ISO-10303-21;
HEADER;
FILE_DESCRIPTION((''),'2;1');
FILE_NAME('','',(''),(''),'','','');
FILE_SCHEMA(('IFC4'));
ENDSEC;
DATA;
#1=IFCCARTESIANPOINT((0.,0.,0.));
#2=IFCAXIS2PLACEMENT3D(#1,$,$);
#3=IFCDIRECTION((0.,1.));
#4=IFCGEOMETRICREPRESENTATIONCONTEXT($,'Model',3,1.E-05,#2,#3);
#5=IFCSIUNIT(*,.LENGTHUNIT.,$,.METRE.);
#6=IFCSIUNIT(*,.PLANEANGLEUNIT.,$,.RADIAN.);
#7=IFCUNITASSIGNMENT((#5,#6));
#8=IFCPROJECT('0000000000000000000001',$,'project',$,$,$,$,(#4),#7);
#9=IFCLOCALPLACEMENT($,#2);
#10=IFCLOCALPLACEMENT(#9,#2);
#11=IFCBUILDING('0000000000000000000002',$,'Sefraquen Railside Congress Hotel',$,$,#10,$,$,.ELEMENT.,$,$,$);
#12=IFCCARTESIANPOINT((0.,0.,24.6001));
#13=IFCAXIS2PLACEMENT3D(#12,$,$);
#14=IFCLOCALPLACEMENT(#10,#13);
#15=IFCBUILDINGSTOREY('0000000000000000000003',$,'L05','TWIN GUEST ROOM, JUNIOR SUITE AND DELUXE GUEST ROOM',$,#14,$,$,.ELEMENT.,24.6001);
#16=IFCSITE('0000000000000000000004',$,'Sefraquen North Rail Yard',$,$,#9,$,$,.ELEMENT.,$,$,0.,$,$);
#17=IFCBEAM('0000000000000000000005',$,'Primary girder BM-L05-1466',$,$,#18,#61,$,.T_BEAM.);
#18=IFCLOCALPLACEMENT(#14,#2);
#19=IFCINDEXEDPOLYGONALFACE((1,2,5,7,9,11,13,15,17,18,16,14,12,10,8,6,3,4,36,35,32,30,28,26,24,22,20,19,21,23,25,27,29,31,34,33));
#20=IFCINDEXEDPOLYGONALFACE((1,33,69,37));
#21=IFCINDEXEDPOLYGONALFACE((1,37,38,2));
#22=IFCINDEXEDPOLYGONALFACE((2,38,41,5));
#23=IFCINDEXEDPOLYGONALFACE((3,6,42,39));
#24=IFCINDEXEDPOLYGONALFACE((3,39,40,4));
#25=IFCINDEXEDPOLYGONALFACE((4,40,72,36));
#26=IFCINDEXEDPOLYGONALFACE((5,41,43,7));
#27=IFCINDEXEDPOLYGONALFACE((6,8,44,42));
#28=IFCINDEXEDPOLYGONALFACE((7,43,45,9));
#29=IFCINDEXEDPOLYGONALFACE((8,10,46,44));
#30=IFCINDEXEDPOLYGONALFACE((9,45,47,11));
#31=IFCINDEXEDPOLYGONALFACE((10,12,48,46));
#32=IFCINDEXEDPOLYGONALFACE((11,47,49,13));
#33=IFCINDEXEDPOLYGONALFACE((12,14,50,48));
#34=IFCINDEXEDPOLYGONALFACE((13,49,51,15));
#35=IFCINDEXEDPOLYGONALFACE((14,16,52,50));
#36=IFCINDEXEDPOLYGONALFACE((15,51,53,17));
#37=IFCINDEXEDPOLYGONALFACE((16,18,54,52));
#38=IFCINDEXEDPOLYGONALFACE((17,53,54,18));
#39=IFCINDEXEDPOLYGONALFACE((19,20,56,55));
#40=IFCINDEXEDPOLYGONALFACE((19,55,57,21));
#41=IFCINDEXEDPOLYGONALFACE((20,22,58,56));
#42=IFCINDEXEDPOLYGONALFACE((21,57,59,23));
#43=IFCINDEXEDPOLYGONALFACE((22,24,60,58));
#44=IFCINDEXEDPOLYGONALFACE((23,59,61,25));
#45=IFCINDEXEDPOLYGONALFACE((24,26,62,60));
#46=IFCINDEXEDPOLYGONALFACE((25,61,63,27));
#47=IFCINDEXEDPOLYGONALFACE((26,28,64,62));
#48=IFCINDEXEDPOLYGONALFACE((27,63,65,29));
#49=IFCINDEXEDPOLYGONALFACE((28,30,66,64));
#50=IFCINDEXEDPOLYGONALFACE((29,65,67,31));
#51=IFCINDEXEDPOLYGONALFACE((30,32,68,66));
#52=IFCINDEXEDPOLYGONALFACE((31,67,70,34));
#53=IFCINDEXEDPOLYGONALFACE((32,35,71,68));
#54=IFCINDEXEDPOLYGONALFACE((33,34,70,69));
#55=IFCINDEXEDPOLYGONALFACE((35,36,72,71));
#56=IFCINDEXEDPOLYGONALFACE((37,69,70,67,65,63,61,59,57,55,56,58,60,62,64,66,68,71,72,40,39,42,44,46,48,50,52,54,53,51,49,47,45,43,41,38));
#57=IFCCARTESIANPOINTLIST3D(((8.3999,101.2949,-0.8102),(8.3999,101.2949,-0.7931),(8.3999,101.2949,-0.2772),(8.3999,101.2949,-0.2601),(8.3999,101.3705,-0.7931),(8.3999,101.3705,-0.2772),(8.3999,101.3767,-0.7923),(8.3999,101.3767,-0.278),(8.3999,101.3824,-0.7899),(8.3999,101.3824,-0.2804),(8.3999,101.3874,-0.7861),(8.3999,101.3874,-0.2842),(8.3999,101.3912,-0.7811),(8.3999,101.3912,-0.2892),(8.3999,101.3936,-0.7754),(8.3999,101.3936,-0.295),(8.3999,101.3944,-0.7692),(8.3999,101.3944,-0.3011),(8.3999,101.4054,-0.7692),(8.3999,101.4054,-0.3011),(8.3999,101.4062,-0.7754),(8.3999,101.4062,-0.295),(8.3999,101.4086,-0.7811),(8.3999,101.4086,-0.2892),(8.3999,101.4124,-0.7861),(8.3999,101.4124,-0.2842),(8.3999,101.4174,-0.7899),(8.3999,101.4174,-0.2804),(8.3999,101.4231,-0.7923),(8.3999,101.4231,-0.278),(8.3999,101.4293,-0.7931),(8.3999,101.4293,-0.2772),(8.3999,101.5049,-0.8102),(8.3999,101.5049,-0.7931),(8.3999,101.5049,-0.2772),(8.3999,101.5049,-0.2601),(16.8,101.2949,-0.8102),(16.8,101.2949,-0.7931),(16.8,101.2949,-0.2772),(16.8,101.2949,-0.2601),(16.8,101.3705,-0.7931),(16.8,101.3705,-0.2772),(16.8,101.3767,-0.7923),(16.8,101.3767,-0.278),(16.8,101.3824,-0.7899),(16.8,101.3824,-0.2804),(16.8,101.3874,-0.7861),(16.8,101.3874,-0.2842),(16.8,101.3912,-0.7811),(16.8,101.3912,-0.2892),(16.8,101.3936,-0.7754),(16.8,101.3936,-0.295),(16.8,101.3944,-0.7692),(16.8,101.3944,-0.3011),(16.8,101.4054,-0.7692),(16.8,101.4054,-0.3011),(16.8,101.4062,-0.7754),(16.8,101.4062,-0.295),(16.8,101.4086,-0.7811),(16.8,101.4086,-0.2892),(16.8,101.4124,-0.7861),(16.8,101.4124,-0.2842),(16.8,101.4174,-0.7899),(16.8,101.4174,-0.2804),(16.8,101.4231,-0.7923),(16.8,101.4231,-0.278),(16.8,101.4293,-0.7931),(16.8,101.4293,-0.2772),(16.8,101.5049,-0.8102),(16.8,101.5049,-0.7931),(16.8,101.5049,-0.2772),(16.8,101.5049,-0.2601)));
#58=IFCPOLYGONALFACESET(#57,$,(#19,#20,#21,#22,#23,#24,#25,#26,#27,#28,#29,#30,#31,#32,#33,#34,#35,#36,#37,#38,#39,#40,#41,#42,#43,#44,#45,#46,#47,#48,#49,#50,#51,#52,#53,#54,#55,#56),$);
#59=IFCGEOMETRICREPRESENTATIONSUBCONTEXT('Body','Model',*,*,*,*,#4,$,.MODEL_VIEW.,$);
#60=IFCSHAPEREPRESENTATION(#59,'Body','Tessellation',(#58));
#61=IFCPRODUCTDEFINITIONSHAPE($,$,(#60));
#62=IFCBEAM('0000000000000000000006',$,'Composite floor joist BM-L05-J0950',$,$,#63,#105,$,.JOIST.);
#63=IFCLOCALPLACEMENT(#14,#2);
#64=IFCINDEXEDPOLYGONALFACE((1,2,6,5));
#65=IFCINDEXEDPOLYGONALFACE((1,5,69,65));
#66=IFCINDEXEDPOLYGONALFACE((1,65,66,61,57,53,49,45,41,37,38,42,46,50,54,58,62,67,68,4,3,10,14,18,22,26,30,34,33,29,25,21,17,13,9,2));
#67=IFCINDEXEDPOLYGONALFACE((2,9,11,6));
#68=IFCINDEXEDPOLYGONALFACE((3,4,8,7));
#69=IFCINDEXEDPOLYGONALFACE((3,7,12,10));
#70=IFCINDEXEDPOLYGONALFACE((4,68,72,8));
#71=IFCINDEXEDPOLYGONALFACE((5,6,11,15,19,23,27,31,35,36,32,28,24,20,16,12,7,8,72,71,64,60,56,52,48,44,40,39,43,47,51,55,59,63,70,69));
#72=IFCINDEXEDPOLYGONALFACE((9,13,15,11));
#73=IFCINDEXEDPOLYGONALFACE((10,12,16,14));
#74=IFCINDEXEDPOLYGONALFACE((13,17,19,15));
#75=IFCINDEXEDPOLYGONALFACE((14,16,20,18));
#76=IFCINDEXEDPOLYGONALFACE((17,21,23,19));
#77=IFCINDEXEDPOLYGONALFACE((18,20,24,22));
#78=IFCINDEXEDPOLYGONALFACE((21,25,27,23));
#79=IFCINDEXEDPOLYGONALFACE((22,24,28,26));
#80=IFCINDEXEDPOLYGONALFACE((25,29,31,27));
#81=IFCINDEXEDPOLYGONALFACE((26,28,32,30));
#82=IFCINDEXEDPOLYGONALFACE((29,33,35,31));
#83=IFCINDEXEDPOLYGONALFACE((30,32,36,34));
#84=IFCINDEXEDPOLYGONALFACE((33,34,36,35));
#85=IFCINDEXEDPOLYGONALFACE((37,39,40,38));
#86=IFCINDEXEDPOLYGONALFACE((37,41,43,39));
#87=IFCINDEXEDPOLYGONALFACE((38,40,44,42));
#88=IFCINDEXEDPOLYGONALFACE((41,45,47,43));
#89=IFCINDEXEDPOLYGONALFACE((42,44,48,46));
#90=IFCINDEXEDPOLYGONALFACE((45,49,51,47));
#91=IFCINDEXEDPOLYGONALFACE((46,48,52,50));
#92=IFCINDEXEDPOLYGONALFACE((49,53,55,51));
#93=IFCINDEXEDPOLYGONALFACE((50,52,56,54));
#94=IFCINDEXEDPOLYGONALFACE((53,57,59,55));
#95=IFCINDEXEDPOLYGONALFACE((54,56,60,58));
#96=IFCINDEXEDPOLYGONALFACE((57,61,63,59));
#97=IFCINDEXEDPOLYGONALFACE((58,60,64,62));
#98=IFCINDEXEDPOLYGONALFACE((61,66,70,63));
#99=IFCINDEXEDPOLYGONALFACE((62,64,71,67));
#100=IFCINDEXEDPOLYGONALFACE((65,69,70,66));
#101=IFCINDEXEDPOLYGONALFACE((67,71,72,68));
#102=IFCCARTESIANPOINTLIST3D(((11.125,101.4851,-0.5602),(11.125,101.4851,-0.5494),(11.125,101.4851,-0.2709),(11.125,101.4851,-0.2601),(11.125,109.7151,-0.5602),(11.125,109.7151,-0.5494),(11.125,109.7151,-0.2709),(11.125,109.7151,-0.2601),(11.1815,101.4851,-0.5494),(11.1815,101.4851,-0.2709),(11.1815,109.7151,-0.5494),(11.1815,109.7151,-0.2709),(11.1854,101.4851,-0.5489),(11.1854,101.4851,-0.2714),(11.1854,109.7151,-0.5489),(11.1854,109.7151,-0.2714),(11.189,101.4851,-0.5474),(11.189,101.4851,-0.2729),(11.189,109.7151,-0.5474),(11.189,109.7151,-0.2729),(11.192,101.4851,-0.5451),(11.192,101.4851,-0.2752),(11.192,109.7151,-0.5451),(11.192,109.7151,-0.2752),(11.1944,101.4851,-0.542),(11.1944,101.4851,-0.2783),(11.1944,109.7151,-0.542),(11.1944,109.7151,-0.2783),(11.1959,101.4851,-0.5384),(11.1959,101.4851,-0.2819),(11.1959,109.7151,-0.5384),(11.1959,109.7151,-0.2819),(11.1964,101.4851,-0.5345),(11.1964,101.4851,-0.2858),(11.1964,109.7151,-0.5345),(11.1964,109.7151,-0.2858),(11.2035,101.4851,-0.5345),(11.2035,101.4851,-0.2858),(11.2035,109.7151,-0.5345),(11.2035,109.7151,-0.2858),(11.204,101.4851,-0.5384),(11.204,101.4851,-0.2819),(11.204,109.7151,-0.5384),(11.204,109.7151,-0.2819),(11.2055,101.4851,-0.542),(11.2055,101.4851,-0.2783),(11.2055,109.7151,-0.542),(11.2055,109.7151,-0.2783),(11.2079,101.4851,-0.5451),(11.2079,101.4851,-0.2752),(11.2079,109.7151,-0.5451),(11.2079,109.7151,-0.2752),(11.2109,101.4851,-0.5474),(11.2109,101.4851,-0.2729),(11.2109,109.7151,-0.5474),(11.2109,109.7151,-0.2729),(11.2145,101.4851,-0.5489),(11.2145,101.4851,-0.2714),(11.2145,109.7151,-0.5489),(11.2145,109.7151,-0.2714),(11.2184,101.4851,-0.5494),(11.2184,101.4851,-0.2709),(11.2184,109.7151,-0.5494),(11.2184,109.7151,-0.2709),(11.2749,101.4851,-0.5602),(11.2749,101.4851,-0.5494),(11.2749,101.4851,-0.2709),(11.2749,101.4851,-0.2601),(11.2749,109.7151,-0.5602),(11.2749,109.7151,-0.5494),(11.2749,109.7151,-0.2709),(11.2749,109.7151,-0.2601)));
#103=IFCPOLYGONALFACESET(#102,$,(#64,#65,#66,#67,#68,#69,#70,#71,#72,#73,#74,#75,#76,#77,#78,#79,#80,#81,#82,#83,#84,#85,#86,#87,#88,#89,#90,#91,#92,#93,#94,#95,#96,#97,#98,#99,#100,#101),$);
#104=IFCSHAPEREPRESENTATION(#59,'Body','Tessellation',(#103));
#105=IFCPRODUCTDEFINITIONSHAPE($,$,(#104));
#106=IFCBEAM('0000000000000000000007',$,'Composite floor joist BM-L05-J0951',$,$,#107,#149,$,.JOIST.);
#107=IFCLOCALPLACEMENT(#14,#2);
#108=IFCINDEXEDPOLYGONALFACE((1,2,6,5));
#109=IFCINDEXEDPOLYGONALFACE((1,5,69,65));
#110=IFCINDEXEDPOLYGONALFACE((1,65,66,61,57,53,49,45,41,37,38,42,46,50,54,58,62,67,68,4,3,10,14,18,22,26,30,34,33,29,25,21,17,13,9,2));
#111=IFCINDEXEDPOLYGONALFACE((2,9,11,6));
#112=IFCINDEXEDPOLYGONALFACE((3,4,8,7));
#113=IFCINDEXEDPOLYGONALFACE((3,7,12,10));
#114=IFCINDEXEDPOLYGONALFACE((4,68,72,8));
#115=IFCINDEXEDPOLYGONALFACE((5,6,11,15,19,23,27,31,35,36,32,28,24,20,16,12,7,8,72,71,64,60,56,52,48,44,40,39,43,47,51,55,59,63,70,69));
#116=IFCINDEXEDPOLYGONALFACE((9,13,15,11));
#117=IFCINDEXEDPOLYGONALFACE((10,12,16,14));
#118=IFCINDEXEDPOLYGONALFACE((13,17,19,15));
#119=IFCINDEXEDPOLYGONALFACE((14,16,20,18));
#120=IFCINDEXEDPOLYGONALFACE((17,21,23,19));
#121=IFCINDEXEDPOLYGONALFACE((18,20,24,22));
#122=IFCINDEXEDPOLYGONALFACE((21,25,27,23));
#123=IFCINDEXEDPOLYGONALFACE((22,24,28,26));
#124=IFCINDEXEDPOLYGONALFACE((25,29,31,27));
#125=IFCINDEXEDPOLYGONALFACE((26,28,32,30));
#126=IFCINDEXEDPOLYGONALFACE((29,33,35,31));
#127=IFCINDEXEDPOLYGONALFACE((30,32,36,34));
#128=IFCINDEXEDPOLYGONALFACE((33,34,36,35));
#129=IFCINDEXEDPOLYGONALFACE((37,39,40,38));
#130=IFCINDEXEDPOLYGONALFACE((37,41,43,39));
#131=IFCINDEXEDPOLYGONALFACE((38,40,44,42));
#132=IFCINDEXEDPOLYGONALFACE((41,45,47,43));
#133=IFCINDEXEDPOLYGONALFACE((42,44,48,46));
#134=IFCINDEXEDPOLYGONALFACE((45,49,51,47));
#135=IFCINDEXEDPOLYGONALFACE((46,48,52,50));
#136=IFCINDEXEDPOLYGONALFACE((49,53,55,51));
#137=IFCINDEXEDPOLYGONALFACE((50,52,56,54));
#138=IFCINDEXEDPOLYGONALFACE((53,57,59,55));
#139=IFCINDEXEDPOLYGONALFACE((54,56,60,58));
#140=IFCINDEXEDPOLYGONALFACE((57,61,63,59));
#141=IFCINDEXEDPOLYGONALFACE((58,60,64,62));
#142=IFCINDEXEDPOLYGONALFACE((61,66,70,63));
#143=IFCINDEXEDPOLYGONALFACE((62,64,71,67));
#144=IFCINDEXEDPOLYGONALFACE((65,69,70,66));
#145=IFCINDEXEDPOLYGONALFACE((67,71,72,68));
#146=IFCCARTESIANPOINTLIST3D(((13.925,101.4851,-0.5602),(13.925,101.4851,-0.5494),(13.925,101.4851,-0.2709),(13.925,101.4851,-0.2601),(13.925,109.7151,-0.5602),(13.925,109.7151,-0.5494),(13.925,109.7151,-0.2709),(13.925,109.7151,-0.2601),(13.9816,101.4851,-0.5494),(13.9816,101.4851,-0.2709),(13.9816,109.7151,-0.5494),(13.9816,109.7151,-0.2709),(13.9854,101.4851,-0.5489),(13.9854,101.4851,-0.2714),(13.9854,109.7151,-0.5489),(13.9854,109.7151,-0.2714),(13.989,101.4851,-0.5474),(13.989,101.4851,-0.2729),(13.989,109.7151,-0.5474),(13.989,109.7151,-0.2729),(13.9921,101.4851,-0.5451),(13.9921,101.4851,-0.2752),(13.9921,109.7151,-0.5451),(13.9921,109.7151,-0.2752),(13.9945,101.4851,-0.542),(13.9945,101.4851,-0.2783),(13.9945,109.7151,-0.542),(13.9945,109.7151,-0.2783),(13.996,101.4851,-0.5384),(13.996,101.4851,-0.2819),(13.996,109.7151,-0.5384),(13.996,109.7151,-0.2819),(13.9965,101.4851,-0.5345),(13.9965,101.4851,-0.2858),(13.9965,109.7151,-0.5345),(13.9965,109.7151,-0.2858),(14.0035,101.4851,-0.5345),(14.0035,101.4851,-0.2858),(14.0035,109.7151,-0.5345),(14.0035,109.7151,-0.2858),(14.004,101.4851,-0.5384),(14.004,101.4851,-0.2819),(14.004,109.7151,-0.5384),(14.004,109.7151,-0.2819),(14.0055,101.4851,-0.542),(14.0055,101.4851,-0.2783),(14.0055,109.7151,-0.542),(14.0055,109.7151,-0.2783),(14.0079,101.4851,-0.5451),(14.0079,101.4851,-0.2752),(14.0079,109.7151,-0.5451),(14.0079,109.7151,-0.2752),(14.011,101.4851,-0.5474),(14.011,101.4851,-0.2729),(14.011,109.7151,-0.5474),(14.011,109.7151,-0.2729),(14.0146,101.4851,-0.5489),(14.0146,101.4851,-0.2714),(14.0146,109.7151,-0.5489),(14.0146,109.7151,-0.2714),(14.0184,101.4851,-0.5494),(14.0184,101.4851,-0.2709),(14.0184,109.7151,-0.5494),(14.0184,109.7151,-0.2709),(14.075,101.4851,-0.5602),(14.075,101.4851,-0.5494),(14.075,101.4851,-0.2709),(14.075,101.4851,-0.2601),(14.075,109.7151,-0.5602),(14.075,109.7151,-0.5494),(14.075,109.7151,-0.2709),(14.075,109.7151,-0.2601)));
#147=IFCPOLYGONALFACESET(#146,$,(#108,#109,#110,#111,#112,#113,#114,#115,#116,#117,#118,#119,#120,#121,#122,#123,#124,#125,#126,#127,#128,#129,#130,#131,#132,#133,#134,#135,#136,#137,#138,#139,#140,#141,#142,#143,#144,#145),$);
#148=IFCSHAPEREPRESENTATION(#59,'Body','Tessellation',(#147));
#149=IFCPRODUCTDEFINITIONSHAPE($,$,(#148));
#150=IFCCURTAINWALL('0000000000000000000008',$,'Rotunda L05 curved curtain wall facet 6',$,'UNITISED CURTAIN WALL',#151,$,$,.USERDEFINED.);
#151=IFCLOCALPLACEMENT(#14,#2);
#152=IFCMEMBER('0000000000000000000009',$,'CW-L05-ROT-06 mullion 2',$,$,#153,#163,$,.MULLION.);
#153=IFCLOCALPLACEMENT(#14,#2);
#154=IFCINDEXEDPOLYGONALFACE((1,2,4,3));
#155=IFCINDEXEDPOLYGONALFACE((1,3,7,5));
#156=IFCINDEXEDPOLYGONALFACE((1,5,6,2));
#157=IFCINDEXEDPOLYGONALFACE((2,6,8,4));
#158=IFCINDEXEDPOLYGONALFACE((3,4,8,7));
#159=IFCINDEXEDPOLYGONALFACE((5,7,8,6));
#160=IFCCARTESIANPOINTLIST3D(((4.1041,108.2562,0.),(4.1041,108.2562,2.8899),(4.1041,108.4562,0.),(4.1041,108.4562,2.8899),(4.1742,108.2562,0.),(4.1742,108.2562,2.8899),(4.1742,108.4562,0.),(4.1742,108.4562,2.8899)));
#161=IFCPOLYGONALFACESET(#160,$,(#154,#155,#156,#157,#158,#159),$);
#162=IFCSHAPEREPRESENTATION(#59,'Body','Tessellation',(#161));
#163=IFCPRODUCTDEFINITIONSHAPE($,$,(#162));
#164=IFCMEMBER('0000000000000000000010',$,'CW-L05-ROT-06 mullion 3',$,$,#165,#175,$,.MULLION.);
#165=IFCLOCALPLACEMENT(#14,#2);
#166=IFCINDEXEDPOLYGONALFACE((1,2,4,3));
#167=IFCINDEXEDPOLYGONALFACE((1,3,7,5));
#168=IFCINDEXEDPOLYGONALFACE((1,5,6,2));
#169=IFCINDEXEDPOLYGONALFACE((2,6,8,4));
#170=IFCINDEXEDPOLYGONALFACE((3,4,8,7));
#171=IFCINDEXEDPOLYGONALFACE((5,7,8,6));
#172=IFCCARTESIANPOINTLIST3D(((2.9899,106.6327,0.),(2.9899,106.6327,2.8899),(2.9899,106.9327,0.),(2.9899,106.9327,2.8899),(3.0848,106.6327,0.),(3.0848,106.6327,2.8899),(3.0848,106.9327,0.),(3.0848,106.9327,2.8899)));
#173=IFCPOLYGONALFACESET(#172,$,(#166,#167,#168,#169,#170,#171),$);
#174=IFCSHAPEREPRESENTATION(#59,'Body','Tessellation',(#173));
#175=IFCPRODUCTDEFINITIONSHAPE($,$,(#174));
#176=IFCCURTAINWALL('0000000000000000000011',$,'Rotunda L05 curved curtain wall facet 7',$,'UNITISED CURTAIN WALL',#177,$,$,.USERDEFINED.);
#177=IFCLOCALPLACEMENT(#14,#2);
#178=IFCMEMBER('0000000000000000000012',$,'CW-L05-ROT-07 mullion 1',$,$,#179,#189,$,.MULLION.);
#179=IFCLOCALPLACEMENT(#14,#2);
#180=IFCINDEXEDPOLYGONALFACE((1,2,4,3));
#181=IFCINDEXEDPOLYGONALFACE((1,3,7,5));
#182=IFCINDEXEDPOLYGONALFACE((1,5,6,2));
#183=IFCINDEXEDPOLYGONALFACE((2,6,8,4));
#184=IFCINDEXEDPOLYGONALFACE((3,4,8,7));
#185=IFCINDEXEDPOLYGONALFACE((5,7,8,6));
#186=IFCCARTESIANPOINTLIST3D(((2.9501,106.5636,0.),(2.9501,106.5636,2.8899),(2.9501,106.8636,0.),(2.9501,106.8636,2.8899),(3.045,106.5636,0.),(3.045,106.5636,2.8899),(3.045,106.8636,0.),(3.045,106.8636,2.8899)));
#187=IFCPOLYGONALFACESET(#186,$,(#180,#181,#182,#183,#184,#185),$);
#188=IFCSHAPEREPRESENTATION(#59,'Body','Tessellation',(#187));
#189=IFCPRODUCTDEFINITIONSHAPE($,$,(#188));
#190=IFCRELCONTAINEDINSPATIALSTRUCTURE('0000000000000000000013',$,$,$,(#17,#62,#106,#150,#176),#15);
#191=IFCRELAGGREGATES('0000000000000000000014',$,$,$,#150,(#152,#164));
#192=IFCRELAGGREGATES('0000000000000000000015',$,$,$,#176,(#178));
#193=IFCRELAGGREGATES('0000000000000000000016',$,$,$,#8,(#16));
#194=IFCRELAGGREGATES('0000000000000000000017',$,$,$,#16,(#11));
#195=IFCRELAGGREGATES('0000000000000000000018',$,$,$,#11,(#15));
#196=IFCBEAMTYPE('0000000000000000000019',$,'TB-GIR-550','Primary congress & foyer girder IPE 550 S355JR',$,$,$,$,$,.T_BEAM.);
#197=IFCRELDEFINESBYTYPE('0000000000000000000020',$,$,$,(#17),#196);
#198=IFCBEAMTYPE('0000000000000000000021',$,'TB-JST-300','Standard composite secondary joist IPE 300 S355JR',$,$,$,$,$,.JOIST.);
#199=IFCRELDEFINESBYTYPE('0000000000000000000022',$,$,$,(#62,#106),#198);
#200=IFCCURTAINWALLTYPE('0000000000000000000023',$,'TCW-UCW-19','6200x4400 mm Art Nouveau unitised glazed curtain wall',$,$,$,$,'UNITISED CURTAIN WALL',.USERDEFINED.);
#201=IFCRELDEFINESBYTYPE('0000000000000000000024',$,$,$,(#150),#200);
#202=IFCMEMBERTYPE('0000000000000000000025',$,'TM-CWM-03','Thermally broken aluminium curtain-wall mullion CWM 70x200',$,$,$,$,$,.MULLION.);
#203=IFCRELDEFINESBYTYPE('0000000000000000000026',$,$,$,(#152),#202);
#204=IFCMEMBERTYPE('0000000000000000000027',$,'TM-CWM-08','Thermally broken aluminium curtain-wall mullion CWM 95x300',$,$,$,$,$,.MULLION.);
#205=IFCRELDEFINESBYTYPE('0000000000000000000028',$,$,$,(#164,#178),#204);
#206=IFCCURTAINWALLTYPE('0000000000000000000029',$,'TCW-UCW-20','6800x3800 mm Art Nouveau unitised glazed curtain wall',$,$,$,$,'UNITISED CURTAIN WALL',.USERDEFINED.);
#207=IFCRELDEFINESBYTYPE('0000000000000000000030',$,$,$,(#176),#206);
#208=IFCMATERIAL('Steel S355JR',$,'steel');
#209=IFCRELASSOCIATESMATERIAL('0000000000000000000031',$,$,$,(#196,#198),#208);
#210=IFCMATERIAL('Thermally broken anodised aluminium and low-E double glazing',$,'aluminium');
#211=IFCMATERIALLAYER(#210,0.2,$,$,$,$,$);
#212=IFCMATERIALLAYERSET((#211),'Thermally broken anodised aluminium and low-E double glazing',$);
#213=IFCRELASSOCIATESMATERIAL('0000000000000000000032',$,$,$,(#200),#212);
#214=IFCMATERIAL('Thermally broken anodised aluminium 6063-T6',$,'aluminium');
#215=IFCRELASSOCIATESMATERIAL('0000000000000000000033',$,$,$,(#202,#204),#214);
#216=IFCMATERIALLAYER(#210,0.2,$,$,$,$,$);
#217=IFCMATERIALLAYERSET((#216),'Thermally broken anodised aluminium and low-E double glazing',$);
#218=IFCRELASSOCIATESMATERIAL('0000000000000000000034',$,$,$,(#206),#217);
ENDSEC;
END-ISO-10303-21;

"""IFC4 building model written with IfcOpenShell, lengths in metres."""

from ifc_helpers import new_model, si_unit, direction, frame, origin, origin_2d, place, context, subcontext, project, spatial, rectangle, i_section, extrude, material, layer, layer_set, material_profile, profile_set, type_object, element, aggregate, save


model = new_model("IFC4")

# Units and contexts
model_context = context("Model", 3, precision=1e-05, world=origin(), true_north=direction((0.0, 1.0)))
body_context = subcontext(model_context, "Body", "Model", "MODEL_VIEW")
ifc_project = project(units=[si_unit("LENGTHUNIT", "METRE"), si_unit("PLANEANGLEUNIT", "RADIAN")], contexts=[model_context])

# Site, building, storey
site_placement = place(None, origin())
site = spatial("IfcSite", under=ifc_project, at=site_placement, Name="Sefraquen North Rail Yard", CompositionType="ELEMENT", RefElevation=0.0)
building_placement = place(site_placement, origin())
building = spatial("IfcBuilding", under=site, at=building_placement, Name="Sefraquen Railside Congress Hotel", CompositionType="ELEMENT")
storey_placement = place(building_placement, frame((0.0, 0.0, 24.6001)))
storey = spatial("IfcBuildingStorey", under=building, at=storey_placement, Name="L05", Description="TWIN GUEST ROOM, JUNIOR SUITE AND DELUXE GUEST ROOM", CompositionType="ELEMENT", Elevation=24.6001)

# Shared definitions
ifc_material_1 = material(Name="Steel S355JR", Category="steel")

# Beams
ifc_material_profile_1 = material_profile(ifc_material_1, i_section(OverallWidth=0.21, OverallDepth=0.55, WebThickness=0.011, FlangeThickness=0.0171, FilletRadius=0.0239, at=origin_2d()), Name="IPE 550")
ifc_profile_set_1 = profile_set([ifc_material_profile_1], Name="Steel S355JR")
beam_type_1 = type_object("IfcBeamType", Name="TB-GIR-550", Description="Primary congress & foyer girder IPE 550 S355JR", PredefinedType="T_BEAM", material=ifc_profile_set_1)
beam_1_placement = place(storey_placement, frame((8.3999, 101.3999, -0.5352), z_axis=(1.0, 0.0, 0.0), x_axis=(0.0, 1.0, 0.0)))
element("IfcBeam", 1, at=beam_1_placement, inside=storey, type_object=beam_type_1, Name="Primary girder BM-L05-1466", PredefinedType="T_BEAM", context=body_context, shape_type="SweptSolid", body=[
    extrude(i_section(OverallWidth=0.21, OverallDepth=0.55, WebThickness=0.011, FlangeThickness=0.0171, FilletRadius=0.0239, at=origin_2d()), origin(), (0.0, 0.0, 1.0), 8.4001),
])
ifc_material_profile_2 = material_profile(ifc_material_1, i_section(OverallWidth=0.1499, OverallDepth=0.3, WebThickness=0.0071, FlangeThickness=0.0107, FilletRadius=0.0149, at=origin_2d()), Name="IPE 300")
ifc_profile_set_2 = profile_set([ifc_material_profile_2], Name="Steel S355JR")
beam_type_2 = type_object("IfcBeamType", Name="TB-JST-300", Description="Standard composite secondary joist IPE 300 S355JR", PredefinedType="JOIST", material=ifc_profile_set_2)
for number, where, z_axis, x_axis, name in (
    (2, (11.2, 101.4851, -0.4102), (0.0, 1.0, 0.0), (-1.0, 0.0, 0.0), "Composite floor joist BM-L05-J0950"),
    (3, (14.0, 101.4851, -0.4102), (0.0, 1.0, 0.0), (-1.0, 0.0, 0.0), "Composite floor joist BM-L05-J0951"),
):
    element("IfcBeam", number, at=place(storey_placement, frame(where, z_axis=z_axis, x_axis=x_axis)), inside=storey, type_object=beam_type_2, Name=name, PredefinedType="JOIST", context=body_context, shape_type="SweptSolid", body=[
        extrude(i_section(OverallWidth=0.1499, OverallDepth=0.3, WebThickness=0.0071, FlangeThickness=0.0107, FilletRadius=0.0149, at=origin_2d()), origin(), (0.0, 0.0, 1.0), 8.23),
    ])

# Curtain wall, members
ifc_material_2 = material(Name="Thermally broken anodised aluminium and low-E double glazing", Category="aluminium")
ifc_layer_1 = layer(ifc_material_2, 0.2)
ifc_layer_set_1 = layer_set([ifc_layer_1], Name="Thermally broken anodised aluminium and low-E double glazing")
curtain_wall_type_1 = type_object("IfcCurtainWallType", Name="TCW-UCW-19", Description="6200x4400 mm Art Nouveau unitised glazed curtain wall", ElementType="UNITISED CURTAIN WALL", PredefinedType="USERDEFINED", material=ifc_layer_set_1)
curtain_wall_1_placement = place(storey_placement, origin())
curtain_wall_1 = element("IfcCurtainWall", 4, at=curtain_wall_1_placement, inside=storey, type_object=curtain_wall_type_1, Name="Rotunda L05 curved curtain wall facet 6", ObjectType="UNITISED CURTAIN WALL", PredefinedType="USERDEFINED")
ifc_material_3 = material(Name="Thermally broken anodised aluminium 6063-T6", Category="aluminium")
ifc_material_profile_3 = material_profile(ifc_material_3, rectangle(XDim=0.0701, YDim=0.2, at=origin_2d()), Name="CWM 70x200")
ifc_profile_set_3 = profile_set([ifc_material_profile_3], Name="Thermally broken anodised aluminium 6063-T6")
member_type_1 = type_object("IfcMemberType", Name="TM-CWM-03", Description="Thermally broken aluminium curtain-wall mullion CWM 70x200", PredefinedType="MULLION", material=ifc_profile_set_3)
member_1_placement = place(storey_placement, frame((4.1392, 108.3562, 0.0), z_axis=(0.0, 0.0, 1.0), x_axis=(1.0, 0.0, 0.0)))
member_1 = element("IfcMember", 5, at=member_1_placement, type_object=member_type_1, Name="CW-L05-ROT-06 mullion 2", PredefinedType="MULLION", context=body_context, shape_type="SweptSolid", body=[
    extrude(rectangle(XDim=0.0701, YDim=0.2, at=origin_2d()), origin(), (0.0, 0.0, 1.0), 2.8899),
])
ifc_material_profile_4 = material_profile(ifc_material_3, rectangle(XDim=0.095, YDim=0.3, at=origin_2d()), Name="CWM 95x300")
ifc_profile_set_4 = profile_set([ifc_material_profile_4], Name="Thermally broken anodised aluminium 6063-T6")
member_type_2 = type_object("IfcMemberType", Name="TM-CWM-08", Description="Thermally broken aluminium curtain-wall mullion CWM 95x300", PredefinedType="MULLION", material=ifc_profile_set_4)
member_2_placement = place(storey_placement, frame((3.0374, 106.7827, 0.0), z_axis=(0.0, 0.0, 1.0), x_axis=(1.0, 0.0, 0.0)))
member_2 = element("IfcMember", 6, at=member_2_placement, type_object=member_type_2, Name="CW-L05-ROT-06 mullion 3", PredefinedType="MULLION", context=body_context, shape_type="SweptSolid", body=[
    extrude(rectangle(XDim=0.095, YDim=0.3, at=origin_2d()), origin(), (0.0, 0.0, 1.0), 2.8899),
])

# Curtain wall, member
ifc_layer_2 = layer(ifc_material_2, 0.2)
ifc_layer_set_2 = layer_set([ifc_layer_2], Name="Thermally broken anodised aluminium and low-E double glazing")
curtain_wall_type_2 = type_object("IfcCurtainWallType", Name="TCW-UCW-20", Description="6800x3800 mm Art Nouveau unitised glazed curtain wall", ElementType="UNITISED CURTAIN WALL", PredefinedType="USERDEFINED", material=ifc_layer_set_2)
curtain_wall_2_placement = place(storey_placement, origin())
curtain_wall_2 = element("IfcCurtainWall", 7, at=curtain_wall_2_placement, inside=storey, type_object=curtain_wall_type_2, Name="Rotunda L05 curved curtain wall facet 7", ObjectType="UNITISED CURTAIN WALL", PredefinedType="USERDEFINED")
member_3_placement = place(storey_placement, frame((2.9976, 106.7136, 0.0), z_axis=(0.0, 0.0, 1.0), x_axis=(1.0, 0.0, 0.0)))
member_3 = element("IfcMember", 8, at=member_3_placement, type_object=member_type_2, Name="CW-L05-ROT-07 mullion 1", PredefinedType="MULLION", context=body_context, shape_type="SweptSolid", body=[
    extrude(rectangle(XDim=0.095, YDim=0.3, at=origin_2d()), origin(), (0.0, 0.0, 1.0), 2.8899),
])

aggregate(curtain_wall_1, [member_1, member_2])
aggregate(curtain_wall_2, [member_3])

save(model, "model.ifc")
